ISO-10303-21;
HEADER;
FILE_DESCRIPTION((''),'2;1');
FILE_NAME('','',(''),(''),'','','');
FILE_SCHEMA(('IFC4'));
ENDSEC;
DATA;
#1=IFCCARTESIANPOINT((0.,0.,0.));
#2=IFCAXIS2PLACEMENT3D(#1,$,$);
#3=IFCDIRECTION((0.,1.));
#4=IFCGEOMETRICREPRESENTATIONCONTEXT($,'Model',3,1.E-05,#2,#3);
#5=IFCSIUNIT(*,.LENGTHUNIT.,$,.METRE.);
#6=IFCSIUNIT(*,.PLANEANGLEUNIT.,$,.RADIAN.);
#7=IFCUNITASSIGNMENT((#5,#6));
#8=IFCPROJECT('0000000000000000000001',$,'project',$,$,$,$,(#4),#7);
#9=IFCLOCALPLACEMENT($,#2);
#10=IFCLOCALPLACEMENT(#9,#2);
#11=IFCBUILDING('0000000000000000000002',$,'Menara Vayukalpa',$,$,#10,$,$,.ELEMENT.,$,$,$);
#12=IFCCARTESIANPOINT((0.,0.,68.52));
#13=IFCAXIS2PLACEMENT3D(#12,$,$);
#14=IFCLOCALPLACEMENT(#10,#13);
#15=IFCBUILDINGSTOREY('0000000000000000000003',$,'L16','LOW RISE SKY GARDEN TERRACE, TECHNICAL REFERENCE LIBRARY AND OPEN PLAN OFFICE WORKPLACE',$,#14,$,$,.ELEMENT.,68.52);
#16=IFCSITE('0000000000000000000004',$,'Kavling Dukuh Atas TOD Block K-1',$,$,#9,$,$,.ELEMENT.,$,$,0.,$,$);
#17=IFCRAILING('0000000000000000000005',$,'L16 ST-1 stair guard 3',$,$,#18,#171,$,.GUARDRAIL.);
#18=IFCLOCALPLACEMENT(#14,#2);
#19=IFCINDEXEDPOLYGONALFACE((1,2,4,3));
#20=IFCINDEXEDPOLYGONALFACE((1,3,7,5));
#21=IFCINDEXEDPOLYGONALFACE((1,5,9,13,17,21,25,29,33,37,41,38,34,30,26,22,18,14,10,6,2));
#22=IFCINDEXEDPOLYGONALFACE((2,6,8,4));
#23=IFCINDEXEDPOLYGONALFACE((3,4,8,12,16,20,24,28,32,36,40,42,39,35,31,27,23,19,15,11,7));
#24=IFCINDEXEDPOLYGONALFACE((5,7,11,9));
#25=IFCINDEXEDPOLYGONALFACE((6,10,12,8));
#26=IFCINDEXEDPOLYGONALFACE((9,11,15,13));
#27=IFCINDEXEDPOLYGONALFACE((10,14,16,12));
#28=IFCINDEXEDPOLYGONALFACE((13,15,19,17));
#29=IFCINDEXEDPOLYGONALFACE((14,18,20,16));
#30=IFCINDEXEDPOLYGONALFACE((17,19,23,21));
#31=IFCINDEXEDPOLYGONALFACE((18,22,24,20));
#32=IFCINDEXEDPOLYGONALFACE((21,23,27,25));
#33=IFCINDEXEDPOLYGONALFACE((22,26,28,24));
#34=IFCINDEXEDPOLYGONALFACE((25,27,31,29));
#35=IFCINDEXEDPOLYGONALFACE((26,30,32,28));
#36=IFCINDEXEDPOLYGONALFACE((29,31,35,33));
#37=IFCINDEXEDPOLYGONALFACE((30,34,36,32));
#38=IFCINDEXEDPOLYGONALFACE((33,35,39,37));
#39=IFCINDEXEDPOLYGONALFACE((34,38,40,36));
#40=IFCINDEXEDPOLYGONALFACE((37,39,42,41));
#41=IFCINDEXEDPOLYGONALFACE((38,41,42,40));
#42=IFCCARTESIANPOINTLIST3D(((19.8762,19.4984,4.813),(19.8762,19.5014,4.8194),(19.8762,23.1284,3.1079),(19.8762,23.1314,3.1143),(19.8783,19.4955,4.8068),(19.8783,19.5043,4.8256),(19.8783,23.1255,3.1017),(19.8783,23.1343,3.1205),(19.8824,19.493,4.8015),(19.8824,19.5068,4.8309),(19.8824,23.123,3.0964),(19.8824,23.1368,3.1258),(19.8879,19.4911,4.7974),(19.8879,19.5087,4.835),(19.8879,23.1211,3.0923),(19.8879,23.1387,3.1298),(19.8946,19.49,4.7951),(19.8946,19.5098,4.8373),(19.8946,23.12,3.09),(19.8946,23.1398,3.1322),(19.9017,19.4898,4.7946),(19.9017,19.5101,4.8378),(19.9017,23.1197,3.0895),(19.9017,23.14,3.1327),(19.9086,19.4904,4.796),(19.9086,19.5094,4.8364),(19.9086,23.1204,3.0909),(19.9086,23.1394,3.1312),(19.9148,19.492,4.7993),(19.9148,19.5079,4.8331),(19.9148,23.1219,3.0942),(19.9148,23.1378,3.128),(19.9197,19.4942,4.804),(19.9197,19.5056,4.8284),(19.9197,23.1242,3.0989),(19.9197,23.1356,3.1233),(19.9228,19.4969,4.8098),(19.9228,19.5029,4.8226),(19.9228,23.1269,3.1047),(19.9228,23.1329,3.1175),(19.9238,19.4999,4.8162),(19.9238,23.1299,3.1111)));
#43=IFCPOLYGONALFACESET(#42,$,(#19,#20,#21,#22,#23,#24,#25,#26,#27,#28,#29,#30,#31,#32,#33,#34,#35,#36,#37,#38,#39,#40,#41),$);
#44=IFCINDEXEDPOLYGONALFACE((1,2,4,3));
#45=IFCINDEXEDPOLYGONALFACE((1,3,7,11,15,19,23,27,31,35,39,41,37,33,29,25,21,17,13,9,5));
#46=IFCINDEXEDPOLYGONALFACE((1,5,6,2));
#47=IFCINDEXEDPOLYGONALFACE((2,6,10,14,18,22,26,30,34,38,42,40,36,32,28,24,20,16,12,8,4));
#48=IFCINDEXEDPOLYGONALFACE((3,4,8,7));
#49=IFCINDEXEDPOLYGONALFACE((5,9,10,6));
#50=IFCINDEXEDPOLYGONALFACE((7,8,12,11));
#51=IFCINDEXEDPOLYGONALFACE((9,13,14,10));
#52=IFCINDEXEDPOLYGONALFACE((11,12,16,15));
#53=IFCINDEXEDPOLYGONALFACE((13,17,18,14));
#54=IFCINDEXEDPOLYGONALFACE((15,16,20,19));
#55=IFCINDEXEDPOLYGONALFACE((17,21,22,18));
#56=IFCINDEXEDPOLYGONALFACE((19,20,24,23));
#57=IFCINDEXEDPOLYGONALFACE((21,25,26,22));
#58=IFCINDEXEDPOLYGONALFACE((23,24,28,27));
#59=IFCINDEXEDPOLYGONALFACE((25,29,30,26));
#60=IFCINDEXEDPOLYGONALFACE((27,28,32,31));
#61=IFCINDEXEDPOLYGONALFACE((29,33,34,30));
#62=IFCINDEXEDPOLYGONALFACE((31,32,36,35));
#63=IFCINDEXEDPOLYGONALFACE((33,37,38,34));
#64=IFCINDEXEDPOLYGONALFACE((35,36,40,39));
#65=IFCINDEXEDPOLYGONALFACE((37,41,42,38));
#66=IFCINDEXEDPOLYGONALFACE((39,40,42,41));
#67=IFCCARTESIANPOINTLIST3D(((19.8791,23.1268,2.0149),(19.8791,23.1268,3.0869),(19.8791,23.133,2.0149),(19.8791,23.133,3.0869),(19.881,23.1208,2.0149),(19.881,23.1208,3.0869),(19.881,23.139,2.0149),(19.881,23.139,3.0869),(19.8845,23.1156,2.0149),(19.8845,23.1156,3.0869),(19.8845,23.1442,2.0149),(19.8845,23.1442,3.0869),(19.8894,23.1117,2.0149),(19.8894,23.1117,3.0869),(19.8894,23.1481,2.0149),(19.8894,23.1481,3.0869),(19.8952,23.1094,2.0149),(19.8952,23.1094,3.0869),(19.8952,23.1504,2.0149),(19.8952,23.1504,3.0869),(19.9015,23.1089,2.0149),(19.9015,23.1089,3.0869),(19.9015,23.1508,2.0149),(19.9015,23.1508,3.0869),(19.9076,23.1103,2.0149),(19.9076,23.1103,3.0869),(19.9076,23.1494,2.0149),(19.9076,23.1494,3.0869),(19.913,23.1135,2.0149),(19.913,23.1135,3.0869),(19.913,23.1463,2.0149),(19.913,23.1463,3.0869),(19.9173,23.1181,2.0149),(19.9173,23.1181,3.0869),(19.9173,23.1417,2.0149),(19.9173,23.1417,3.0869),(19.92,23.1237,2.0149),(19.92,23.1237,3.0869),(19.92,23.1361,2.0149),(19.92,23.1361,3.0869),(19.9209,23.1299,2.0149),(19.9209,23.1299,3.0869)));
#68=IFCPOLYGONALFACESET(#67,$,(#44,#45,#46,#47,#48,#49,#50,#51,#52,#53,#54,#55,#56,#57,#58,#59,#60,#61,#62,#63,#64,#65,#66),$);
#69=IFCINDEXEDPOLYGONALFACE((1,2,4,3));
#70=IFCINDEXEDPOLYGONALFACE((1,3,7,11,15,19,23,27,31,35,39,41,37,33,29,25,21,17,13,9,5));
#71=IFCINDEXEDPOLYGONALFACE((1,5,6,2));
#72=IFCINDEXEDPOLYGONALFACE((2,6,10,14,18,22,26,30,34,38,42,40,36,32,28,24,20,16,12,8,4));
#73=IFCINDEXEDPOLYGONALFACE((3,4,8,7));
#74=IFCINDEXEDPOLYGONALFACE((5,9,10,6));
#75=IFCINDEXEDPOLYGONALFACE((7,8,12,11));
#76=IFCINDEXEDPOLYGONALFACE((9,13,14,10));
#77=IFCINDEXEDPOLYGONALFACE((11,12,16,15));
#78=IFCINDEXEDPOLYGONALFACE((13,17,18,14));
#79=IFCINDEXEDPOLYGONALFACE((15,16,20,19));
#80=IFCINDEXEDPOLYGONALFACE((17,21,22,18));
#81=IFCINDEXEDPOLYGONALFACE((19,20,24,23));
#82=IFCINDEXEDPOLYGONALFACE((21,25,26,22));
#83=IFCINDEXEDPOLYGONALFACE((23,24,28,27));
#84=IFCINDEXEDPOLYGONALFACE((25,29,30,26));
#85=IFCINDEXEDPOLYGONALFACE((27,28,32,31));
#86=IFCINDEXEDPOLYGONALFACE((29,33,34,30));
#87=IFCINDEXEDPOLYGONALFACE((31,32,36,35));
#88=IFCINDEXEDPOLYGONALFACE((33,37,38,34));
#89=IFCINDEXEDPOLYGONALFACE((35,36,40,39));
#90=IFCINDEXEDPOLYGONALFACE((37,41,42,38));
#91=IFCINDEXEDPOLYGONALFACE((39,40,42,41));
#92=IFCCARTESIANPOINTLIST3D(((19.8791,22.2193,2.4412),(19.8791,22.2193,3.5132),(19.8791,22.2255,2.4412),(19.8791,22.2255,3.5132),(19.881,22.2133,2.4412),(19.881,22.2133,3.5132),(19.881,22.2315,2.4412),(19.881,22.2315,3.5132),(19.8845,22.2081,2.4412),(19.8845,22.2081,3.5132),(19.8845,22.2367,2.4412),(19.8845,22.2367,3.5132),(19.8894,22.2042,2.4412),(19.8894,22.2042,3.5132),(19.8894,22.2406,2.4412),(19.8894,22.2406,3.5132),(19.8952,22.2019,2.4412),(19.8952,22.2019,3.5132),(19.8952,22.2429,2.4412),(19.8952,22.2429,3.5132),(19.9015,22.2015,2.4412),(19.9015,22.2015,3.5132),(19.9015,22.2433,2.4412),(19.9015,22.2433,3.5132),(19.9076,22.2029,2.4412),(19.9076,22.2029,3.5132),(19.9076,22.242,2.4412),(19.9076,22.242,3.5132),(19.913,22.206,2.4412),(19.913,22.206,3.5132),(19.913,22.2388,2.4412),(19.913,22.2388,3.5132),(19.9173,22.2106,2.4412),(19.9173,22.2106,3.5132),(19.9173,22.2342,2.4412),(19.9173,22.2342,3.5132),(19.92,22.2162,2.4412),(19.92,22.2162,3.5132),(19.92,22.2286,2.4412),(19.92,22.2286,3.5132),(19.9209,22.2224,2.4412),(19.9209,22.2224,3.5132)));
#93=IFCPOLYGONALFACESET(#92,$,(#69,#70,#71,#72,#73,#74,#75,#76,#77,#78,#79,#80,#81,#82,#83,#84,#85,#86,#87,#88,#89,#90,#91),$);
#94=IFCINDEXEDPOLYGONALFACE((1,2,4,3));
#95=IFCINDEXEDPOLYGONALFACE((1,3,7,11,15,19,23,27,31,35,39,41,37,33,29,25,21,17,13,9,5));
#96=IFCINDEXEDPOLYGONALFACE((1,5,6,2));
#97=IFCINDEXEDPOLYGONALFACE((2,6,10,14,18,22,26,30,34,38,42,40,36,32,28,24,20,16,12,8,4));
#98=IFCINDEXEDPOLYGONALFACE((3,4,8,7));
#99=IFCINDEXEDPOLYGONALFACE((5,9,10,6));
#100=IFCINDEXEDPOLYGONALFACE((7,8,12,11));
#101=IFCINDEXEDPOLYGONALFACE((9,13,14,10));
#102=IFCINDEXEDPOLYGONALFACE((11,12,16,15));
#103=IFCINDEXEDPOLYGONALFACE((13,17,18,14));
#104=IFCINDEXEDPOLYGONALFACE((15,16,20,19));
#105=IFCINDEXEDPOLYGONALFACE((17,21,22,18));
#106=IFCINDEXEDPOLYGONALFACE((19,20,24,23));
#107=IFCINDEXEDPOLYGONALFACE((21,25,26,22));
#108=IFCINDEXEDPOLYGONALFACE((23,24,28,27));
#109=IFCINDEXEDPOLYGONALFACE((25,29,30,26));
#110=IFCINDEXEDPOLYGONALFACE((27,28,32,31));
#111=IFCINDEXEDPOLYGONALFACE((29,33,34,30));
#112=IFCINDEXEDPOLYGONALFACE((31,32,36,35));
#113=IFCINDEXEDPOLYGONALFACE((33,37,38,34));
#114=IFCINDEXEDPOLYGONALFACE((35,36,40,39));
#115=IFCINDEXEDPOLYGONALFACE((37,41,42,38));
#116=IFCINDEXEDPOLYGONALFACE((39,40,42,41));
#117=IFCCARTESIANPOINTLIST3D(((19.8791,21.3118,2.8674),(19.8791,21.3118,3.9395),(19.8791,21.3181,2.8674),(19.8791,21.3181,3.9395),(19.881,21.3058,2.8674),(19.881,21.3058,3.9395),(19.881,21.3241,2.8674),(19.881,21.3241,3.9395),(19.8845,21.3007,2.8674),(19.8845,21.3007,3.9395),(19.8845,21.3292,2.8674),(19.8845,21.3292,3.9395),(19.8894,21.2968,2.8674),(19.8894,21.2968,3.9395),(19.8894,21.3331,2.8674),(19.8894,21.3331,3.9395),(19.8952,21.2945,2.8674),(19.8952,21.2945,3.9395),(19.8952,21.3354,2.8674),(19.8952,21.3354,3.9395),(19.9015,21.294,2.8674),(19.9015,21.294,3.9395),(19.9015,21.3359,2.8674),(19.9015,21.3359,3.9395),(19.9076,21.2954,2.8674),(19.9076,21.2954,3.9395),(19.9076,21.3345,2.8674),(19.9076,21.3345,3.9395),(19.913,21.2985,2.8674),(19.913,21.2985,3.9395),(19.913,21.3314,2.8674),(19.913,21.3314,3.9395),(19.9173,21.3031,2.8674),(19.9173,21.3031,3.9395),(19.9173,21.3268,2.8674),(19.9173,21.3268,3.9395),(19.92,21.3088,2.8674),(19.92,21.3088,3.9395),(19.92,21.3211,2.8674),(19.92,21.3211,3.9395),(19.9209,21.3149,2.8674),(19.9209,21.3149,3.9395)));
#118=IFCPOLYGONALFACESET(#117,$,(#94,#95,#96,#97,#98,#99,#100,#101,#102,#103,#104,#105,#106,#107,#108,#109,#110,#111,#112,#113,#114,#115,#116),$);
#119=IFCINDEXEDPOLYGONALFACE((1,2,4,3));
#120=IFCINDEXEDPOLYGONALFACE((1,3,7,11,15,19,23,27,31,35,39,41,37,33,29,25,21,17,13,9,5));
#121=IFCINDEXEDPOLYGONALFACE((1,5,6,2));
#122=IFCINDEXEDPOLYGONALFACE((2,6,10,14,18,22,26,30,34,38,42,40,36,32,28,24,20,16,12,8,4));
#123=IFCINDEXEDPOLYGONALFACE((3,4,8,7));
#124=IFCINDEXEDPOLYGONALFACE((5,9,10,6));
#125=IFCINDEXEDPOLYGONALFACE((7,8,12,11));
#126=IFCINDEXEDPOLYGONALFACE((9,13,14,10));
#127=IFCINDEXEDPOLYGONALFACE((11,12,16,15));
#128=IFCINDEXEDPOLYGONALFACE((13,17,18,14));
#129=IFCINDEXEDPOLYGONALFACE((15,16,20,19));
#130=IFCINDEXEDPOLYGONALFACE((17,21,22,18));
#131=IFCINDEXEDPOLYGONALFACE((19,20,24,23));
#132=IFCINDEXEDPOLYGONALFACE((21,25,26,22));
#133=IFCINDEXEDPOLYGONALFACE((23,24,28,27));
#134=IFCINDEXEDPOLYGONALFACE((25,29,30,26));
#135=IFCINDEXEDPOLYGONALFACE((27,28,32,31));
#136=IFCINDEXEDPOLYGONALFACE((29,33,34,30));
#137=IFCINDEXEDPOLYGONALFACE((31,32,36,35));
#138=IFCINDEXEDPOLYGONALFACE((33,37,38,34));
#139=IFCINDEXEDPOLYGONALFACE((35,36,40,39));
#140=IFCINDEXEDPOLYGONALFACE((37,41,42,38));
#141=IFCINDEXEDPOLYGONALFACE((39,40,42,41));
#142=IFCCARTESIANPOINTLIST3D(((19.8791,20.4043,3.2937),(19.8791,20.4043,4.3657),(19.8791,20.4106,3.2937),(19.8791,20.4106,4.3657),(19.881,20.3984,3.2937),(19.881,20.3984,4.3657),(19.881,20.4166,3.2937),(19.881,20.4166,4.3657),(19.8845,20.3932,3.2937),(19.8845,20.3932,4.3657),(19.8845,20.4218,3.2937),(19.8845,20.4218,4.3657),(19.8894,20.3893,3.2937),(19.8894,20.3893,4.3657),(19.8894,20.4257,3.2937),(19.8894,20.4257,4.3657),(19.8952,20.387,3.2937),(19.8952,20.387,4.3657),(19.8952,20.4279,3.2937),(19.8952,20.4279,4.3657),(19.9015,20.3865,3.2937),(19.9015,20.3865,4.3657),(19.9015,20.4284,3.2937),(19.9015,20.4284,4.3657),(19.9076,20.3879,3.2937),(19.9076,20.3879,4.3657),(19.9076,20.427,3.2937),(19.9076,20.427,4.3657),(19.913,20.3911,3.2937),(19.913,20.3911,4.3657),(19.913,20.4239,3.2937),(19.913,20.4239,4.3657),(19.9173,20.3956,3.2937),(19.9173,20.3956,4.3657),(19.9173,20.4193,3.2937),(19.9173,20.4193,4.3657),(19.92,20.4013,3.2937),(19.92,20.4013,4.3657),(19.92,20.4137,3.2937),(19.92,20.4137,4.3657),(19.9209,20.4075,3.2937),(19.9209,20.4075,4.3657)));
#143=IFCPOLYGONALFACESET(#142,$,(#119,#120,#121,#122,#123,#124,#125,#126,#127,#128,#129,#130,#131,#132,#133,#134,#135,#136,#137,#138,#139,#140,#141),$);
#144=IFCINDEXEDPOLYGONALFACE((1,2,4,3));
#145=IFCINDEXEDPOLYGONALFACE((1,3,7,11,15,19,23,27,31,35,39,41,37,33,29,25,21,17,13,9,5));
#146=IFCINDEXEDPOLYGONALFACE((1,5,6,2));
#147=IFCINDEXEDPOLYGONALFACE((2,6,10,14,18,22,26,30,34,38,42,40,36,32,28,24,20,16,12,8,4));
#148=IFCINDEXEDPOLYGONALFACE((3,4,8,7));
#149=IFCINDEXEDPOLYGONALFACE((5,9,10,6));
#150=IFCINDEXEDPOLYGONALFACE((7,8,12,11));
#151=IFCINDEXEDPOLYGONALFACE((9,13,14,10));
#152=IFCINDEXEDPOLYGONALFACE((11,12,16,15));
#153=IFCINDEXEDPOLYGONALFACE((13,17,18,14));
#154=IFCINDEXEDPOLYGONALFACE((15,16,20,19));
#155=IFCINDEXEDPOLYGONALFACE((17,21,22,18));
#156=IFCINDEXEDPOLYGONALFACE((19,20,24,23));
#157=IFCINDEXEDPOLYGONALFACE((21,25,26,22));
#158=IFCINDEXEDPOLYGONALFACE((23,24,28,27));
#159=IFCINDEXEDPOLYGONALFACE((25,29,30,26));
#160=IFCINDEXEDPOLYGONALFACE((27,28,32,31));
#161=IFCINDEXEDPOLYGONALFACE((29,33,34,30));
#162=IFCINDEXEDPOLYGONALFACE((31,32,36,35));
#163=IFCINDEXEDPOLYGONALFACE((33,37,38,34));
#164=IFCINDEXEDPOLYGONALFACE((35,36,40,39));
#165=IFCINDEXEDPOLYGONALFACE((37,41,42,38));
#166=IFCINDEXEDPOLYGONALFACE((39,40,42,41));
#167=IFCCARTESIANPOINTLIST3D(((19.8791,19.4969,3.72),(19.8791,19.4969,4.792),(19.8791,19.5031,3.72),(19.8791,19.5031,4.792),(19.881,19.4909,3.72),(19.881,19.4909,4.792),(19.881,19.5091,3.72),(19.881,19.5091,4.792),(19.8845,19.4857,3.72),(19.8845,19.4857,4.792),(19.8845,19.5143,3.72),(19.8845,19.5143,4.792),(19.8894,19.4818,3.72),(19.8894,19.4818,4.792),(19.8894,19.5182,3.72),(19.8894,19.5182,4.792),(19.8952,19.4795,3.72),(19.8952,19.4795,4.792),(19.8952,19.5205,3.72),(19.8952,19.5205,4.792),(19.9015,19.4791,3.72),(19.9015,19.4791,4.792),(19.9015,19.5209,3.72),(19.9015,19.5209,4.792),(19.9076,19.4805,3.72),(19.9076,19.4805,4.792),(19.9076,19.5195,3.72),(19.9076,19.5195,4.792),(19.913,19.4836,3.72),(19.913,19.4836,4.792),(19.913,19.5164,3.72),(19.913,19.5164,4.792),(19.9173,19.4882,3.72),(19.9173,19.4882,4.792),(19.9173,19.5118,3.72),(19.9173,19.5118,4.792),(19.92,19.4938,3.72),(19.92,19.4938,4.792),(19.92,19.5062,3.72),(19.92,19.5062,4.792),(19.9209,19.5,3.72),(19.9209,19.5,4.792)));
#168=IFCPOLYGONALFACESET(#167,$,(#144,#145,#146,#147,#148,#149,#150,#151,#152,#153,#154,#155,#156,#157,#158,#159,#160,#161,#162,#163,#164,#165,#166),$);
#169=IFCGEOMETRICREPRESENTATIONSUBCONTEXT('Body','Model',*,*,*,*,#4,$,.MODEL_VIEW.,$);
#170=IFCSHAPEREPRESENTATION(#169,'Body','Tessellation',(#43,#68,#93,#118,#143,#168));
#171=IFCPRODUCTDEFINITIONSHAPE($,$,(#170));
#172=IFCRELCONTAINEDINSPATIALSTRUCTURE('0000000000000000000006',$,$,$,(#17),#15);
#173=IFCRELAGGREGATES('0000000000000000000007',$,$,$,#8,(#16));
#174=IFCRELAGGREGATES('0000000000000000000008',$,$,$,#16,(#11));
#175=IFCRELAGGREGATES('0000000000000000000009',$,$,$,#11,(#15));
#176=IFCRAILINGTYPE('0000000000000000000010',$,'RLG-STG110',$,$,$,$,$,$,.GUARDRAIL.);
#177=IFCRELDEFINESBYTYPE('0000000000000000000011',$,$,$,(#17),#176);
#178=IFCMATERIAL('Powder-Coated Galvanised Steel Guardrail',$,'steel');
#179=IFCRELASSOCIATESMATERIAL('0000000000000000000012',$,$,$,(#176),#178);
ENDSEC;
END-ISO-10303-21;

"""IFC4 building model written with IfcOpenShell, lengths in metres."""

from ifc_helpers import new_model, si_unit, direction, frame, origin, origin_2d, place, context, subcontext, project, spatial, circle, extrude, material, type_object, element, save


model = new_model("IFC4")

# Units and contexts
model_context = context("Model", 3, precision=1e-05, world=origin(), true_north=direction((0.0, 1.0)))
body_context = subcontext(model_context, "Body", "Model", "MODEL_VIEW")
ifc_project = project(units=[si_unit("LENGTHUNIT", "METRE"), si_unit("PLANEANGLEUNIT", "RADIAN")], contexts=[model_context])

# Site, building, storey
site_placement = place(None, origin())
site = spatial("IfcSite", under=ifc_project, at=site_placement, Name="Kavling Dukuh Atas TOD Block K-1", CompositionType="ELEMENT", RefElevation=0.0)
building_placement = place(site_placement, origin())
building = spatial("IfcBuilding", under=site, at=building_placement, Name="Menara Vayukalpa", CompositionType="ELEMENT")
storey_placement = place(building_placement, frame((0.0, 0.0, 68.52)))
storey = spatial("IfcBuildingStorey", under=building, at=storey_placement, Name="L16", Description="LOW RISE SKY GARDEN TERRACE, TECHNICAL REFERENCE LIBRARY AND OPEN PLAN OFFICE WORKPLACE", CompositionType="ELEMENT", Elevation=68.52)

# Railing
ifc_material_1 = material(Name="Powder-Coated Galvanised Steel Guardrail", Category="steel")
railing_type_1 = type_object("IfcRailingType", Name="RLG-STG110", PredefinedType="GUARDRAIL", material=ifc_material_1)
railing_1_placement = place(storey_placement, frame((19.8999, 23.1299, 2.0149)))
element("IfcRailing", 1, at=railing_1_placement, inside=storey, type_object=railing_type_1, Name="L16 ST-1 stair guard 3", PredefinedType="GUARDRAIL", context=body_context, shape_type="SweptSolid", body=[
    extrude(circle(Radius=0.0239, at=origin_2d()), frame((0.0, 0.0, 1.0962), z_axis=(0.0, -0.905116, 0.425164), x_axis=(1.0, 0.0, 0.0)), (0.0, 0.0, 1.0), 4.0105),
    extrude(circle(Radius=0.021, at=origin_2d()), origin(), (0.0, 0.0, 1.0), 1.072),
    extrude(circle(Radius=0.021, at=origin_2d()), frame((0.0, -0.9075, 0.4263)), (0.0, 0.0, 1.0), 1.072),
    extrude(circle(Radius=0.021, at=origin_2d()), frame((0.0, -1.8149, 0.8525)), (0.0, 0.0, 1.0), 1.072),
    extrude(circle(Radius=0.021, at=origin_2d()), frame((0.0, -2.7224, 1.2788)), (0.0, 0.0, 1.0), 1.072),
    extrude(circle(Radius=0.021, at=origin_2d()), frame((0.0, -3.6299, 1.7051)), (0.0, 0.0, 1.0), 1.072),
])

save(model, "model.ifc")
